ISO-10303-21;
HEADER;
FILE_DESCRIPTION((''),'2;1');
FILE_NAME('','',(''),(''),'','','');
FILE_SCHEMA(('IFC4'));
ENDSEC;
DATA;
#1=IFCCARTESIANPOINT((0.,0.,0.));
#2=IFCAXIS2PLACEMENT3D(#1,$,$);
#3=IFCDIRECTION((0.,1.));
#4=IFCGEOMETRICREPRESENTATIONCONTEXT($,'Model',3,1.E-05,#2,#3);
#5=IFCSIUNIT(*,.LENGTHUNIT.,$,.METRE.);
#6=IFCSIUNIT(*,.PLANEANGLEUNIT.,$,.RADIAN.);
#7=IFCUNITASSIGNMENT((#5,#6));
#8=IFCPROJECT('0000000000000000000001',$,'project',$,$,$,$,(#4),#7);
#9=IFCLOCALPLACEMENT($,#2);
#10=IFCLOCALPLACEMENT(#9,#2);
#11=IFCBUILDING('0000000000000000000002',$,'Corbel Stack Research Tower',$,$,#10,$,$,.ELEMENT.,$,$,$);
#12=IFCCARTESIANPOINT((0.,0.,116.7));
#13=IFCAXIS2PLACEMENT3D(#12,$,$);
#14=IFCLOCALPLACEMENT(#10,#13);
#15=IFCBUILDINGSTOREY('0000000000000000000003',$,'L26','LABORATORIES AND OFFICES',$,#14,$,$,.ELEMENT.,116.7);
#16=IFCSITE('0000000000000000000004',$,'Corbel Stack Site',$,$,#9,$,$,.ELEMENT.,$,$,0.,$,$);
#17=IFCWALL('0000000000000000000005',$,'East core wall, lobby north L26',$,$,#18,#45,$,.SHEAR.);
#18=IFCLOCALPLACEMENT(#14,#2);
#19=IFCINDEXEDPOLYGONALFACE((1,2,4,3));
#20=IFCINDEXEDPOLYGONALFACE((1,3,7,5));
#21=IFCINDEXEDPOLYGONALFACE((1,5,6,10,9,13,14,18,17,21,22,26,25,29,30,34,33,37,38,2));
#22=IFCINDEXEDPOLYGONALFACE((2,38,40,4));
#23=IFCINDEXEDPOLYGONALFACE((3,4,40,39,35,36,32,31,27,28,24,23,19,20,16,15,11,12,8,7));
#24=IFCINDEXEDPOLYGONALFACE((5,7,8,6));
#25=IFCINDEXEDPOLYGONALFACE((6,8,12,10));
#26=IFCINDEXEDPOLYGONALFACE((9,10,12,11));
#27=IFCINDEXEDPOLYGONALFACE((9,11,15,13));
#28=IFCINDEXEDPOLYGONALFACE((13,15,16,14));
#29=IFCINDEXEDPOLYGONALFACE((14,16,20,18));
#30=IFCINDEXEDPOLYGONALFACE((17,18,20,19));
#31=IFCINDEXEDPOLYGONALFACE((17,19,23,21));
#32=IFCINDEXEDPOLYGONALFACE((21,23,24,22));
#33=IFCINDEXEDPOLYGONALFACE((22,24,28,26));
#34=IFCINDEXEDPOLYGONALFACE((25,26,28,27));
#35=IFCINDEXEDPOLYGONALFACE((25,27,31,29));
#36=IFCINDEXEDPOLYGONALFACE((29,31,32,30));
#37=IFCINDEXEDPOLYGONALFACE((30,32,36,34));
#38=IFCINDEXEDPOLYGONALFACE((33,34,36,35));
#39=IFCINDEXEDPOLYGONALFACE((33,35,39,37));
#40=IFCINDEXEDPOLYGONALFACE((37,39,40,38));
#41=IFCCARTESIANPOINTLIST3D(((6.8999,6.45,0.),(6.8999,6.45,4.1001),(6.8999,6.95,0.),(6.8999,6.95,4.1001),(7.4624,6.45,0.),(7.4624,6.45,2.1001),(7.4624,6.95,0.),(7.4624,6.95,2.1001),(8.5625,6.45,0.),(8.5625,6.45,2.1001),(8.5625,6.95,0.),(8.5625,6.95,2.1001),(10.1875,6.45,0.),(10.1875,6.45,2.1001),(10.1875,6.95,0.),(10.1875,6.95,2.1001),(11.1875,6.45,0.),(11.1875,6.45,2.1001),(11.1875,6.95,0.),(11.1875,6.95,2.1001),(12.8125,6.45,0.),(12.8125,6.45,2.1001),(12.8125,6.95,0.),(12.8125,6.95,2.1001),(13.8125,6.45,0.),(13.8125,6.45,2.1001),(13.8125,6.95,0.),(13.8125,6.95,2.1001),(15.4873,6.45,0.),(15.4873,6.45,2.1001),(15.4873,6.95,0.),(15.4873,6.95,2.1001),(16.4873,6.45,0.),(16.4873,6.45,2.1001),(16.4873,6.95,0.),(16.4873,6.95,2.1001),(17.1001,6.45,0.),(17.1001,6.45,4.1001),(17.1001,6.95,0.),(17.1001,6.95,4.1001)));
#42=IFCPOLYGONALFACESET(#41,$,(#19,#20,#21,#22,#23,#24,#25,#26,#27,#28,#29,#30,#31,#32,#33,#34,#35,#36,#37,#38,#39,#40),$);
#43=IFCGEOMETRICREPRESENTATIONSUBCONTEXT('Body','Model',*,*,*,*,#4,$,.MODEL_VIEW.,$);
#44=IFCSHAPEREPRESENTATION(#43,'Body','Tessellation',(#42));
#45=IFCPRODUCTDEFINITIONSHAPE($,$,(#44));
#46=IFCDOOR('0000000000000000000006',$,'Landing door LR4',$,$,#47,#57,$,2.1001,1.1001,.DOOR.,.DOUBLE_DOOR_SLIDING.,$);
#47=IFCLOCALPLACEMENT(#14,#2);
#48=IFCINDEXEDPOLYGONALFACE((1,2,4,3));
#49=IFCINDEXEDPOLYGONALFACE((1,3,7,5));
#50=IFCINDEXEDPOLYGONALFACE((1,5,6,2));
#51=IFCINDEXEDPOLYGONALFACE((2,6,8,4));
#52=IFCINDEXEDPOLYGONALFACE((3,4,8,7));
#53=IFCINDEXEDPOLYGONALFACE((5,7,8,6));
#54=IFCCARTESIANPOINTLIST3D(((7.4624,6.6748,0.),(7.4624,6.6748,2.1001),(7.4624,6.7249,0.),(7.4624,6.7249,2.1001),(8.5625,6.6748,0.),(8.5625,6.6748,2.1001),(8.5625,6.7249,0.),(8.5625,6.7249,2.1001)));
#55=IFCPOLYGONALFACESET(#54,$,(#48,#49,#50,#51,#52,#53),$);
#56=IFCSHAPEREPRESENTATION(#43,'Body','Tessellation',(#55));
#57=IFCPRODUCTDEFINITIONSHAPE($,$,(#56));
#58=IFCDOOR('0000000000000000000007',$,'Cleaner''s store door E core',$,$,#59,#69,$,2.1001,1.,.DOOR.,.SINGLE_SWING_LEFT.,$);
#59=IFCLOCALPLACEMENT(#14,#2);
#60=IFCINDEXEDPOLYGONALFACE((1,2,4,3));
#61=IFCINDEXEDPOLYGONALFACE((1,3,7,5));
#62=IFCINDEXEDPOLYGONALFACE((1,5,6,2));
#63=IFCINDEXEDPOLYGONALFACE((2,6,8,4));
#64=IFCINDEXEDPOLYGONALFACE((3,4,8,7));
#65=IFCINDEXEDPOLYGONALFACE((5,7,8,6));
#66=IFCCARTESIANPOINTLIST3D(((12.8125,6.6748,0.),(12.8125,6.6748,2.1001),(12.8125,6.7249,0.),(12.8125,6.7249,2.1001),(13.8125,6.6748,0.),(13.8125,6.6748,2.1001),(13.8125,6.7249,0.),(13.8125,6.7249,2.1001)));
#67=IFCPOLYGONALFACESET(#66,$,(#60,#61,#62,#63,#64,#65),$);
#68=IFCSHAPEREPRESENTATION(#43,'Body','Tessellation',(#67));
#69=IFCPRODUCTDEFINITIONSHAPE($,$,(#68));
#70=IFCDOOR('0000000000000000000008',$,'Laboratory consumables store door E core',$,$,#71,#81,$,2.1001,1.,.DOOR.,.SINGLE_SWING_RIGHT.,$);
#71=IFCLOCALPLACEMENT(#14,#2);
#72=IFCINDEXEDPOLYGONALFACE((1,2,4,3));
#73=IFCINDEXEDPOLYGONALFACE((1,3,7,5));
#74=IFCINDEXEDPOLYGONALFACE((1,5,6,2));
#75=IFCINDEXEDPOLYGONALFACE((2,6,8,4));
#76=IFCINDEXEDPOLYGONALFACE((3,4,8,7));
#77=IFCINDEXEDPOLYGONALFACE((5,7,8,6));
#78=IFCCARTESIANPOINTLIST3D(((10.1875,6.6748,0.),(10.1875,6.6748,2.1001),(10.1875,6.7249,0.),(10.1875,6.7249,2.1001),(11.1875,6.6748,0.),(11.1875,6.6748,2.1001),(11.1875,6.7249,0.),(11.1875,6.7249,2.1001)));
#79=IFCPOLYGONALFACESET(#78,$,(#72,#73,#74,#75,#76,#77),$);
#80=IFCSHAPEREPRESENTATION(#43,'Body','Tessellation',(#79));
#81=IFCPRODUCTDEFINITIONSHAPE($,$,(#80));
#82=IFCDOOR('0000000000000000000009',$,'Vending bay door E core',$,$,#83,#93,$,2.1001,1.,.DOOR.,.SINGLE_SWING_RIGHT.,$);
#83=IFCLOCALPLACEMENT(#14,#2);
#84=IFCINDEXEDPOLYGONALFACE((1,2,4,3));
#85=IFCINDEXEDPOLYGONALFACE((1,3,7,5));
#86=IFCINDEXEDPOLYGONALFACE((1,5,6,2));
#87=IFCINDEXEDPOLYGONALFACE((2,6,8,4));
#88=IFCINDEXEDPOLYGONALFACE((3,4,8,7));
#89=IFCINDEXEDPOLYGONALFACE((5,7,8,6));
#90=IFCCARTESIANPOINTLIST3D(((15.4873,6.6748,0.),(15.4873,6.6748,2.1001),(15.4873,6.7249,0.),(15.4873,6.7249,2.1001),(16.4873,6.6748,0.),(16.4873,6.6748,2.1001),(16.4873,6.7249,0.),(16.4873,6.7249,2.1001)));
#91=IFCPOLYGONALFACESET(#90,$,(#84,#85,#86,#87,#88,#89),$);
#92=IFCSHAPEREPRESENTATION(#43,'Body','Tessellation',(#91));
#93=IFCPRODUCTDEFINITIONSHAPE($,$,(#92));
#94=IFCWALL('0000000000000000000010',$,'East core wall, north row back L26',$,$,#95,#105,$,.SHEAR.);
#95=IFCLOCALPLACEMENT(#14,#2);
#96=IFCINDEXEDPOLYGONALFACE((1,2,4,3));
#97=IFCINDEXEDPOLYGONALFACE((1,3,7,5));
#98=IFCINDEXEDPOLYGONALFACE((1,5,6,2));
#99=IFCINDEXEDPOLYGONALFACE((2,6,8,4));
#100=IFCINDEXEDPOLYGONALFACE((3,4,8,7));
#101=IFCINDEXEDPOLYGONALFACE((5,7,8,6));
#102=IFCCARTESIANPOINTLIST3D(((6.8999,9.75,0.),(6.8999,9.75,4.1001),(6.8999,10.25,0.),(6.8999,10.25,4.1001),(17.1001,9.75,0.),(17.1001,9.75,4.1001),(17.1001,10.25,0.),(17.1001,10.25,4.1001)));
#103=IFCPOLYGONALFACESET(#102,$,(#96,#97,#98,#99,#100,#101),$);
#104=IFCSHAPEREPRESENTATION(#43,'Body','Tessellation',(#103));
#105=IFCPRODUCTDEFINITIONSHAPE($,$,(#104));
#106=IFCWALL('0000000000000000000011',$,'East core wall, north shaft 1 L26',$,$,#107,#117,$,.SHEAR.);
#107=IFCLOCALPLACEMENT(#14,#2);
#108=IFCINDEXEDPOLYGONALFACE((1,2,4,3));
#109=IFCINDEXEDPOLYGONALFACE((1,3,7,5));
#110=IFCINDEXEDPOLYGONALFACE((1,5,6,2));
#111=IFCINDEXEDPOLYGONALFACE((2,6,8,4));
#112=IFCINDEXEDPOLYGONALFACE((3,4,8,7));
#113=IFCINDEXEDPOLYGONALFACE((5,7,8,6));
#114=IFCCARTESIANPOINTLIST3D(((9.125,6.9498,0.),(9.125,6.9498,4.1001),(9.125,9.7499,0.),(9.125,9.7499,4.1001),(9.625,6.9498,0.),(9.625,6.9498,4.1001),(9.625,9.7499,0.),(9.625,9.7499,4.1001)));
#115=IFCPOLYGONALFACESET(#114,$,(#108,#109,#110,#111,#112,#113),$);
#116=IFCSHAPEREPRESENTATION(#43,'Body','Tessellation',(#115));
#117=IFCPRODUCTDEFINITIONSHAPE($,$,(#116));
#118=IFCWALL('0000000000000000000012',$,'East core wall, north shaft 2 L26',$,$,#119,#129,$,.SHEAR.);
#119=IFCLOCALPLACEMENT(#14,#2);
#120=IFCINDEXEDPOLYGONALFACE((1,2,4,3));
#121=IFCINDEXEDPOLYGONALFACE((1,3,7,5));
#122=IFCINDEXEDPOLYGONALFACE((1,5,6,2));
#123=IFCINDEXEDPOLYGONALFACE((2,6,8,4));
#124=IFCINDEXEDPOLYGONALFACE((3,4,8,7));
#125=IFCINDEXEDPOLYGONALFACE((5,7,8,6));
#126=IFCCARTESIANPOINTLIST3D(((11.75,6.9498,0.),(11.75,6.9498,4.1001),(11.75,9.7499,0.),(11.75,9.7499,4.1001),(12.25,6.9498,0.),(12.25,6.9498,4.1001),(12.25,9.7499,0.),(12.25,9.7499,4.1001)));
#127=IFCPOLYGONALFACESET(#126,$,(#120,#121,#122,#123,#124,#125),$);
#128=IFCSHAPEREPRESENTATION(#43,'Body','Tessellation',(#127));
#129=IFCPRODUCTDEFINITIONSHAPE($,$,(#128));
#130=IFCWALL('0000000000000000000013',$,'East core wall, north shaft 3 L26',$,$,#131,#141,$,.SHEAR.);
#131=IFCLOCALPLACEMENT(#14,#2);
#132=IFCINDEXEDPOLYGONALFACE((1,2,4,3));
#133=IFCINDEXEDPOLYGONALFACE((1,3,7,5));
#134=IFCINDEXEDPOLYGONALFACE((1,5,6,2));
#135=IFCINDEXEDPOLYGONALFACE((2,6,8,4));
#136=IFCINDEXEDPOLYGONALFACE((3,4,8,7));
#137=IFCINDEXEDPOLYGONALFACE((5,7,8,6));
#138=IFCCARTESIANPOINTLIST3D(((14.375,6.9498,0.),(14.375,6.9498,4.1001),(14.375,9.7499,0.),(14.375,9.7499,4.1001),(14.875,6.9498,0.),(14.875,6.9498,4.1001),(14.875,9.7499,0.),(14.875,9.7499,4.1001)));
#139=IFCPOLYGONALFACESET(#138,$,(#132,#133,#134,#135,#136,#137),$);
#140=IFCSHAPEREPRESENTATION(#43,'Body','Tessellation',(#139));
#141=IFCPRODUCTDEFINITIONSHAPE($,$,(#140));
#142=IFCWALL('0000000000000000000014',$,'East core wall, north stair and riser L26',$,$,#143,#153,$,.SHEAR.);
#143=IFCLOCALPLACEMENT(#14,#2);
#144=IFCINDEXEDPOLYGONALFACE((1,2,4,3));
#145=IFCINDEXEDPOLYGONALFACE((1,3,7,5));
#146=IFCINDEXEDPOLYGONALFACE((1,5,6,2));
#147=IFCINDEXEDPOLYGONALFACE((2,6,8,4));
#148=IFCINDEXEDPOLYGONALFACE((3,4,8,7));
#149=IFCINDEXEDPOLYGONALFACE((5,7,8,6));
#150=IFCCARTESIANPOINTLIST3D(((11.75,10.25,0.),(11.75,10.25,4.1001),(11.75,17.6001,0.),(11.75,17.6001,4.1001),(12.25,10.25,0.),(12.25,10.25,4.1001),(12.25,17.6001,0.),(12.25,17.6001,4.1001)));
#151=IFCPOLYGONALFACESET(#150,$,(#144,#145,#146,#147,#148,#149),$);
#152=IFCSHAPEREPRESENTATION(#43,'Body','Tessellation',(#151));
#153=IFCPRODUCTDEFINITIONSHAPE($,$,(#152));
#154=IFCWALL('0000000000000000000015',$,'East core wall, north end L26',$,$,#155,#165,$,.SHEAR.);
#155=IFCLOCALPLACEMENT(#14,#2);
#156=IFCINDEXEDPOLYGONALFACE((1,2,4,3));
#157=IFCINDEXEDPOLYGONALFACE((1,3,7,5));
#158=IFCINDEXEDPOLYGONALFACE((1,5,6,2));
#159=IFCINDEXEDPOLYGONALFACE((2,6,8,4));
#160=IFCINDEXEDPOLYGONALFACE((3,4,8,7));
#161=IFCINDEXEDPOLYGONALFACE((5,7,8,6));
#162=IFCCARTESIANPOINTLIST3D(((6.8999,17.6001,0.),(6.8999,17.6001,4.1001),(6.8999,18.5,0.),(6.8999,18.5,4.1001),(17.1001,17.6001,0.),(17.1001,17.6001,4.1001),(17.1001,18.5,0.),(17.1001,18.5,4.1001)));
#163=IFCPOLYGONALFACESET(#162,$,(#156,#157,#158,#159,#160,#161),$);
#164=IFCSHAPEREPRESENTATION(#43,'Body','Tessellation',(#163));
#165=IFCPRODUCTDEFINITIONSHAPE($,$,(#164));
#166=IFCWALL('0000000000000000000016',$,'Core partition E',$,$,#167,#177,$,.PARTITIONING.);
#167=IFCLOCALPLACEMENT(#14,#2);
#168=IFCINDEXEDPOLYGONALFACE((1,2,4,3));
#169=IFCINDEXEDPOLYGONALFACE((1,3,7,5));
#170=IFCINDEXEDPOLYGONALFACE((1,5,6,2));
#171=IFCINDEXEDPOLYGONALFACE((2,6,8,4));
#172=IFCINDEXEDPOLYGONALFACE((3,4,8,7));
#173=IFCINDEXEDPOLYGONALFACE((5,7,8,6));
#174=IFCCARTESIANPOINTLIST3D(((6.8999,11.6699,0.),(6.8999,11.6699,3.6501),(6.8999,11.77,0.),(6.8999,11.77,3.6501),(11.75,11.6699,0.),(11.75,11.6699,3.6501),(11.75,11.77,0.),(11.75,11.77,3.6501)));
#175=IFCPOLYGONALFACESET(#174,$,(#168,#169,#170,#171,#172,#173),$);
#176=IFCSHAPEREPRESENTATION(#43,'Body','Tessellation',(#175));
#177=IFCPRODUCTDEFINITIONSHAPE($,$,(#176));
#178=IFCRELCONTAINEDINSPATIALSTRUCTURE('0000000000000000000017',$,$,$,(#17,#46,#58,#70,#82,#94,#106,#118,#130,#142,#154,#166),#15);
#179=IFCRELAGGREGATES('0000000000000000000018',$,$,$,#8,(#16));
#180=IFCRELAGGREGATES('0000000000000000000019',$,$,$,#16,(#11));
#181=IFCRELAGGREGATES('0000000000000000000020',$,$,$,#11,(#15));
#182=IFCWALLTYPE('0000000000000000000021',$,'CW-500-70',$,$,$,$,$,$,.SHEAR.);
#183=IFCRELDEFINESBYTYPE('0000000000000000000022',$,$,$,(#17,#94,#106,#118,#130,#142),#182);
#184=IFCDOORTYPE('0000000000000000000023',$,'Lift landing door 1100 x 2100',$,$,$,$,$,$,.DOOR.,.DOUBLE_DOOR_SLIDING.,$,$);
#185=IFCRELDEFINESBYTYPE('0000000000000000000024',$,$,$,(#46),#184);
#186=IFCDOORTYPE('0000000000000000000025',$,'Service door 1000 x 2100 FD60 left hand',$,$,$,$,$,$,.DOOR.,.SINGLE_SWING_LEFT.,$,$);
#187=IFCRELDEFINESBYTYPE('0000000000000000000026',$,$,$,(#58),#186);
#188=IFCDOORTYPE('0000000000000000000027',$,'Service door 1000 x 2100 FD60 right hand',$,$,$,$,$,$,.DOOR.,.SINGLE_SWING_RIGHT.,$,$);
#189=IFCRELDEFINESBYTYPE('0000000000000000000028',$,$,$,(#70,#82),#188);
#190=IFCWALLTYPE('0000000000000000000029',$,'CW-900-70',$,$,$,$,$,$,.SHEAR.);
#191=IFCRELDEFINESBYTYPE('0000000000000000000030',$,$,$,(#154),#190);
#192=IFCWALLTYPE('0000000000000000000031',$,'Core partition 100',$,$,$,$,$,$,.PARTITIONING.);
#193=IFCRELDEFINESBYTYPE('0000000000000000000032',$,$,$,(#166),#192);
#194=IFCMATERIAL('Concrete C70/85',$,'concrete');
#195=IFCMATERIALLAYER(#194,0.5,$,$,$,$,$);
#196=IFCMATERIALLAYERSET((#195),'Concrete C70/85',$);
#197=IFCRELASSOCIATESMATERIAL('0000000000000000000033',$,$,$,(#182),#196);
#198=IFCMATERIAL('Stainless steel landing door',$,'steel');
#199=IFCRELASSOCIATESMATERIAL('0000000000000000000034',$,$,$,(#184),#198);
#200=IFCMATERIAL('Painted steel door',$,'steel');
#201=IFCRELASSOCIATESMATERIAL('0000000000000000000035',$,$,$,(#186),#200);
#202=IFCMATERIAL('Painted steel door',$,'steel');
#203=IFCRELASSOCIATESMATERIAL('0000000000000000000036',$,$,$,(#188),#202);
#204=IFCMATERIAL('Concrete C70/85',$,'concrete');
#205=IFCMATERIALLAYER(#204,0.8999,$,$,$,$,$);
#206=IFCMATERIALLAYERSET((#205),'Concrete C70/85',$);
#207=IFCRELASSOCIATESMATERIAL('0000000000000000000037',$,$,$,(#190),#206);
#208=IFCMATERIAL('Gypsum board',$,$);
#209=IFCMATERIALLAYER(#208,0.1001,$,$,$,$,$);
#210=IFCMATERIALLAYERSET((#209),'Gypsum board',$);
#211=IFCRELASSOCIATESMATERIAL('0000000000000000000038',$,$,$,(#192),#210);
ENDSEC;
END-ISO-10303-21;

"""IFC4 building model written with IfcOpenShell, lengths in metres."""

from ifc_helpers import new_model, si_unit, direction, frame, frame_2d, origin, place, context, subcontext, project, spatial, rectangle, extrude, material, layer, layer_set, type_object, element, fill, save


model = new_model("IFC4")

# Units and contexts
model_context = context("Model", 3, precision=1e-05, world=origin(), true_north=direction((0.0, 1.0)))
body_context = subcontext(model_context, "Body", "Model", "MODEL_VIEW")
ifc_project = project(units=[si_unit("LENGTHUNIT", "METRE"), si_unit("PLANEANGLEUNIT", "RADIAN")], contexts=[model_context])

# Site, building, storey
site_placement = place(None, origin())
site = spatial("IfcSite", under=ifc_project, at=site_placement, Name="Corbel Stack Site", CompositionType="ELEMENT", RefElevation=0.0)
building_placement = place(site_placement, origin())
building = spatial("IfcBuilding", under=site, at=building_placement, Name="Corbel Stack Research Tower", CompositionType="ELEMENT")
storey_placement = place(building_placement, frame((0.0, 0.0, 116.7)))
storey = spatial("IfcBuildingStorey", under=building, at=storey_placement, Name="L26", Description="LABORATORIES AND OFFICES", CompositionType="ELEMENT", Elevation=116.7)

# Wall, openings, doors
ifc_material_1 = material(Name="Concrete C70/85", Category="concrete")
ifc_layer_1 = layer(ifc_material_1, 0.5)
ifc_layer_set_1 = layer_set([ifc_layer_1], Name="Concrete C70/85")
wall_type_1 = type_object("IfcWallType", Name="CW-500-70", PredefinedType="SHEAR", material=ifc_layer_set_1)
wall_1_placement = place(storey_placement, frame((6.8999, 6.7, 0.0), z_axis=(0.0, 0.0, 1.0), x_axis=(1.0, 0.0, 0.0)))
wall_1 = element("IfcWall", 1, at=wall_1_placement, inside=storey, type_object=wall_type_1, Name="East core wall, lobby north L26", PredefinedType="SHEAR", context=body_context, shape_type="SweptSolid", body=[
    extrude(rectangle(XDim=10.2002, YDim=0.5, at=frame_2d((5.1001, 0.0))), origin(), (0.0, 0.0, 1.0), 4.1001),
])
opening_1_placement = place(wall_1_placement, frame((0.5625, 0.0, 0.0)))
opening_1 = element("IfcOpeningElement", 2, at=opening_1_placement, cuts=wall_1, PredefinedType="OPENING", context=body_context, shape_type="SweptSolid", body=[
    extrude(rectangle(XDim=1.1001, YDim=2.1001, at=frame_2d((0.55, 1.05))), frame((0.0, 0.26, 0.0), z_axis=(0.0, -1.0, 0.0), x_axis=(1.0, 0.0, 0.0)), (0.0, 0.0, 1.0), 0.52),
])
opening_2_placement = place(wall_1_placement, frame((3.2876, 0.0, 0.0)))
opening_2 = element("IfcOpeningElement", 3, at=opening_2_placement, cuts=wall_1, PredefinedType="OPENING", context=body_context, shape_type="SweptSolid", body=[
    extrude(rectangle(XDim=1.0, YDim=2.1001, at=frame_2d((0.5, 1.05))), frame((0.0, 0.26, 0.0), z_axis=(0.0, -1.0, 0.0), x_axis=(1.0, 0.0, 0.0)), (0.0, 0.0, 1.0), 0.52),
])
opening_3_placement = place(wall_1_placement, frame((5.9126, 0.0, 0.0)))
opening_3 = element("IfcOpeningElement", 4, at=opening_3_placement, cuts=wall_1, PredefinedType="OPENING", context=body_context, shape_type="SweptSolid", body=[
    extrude(rectangle(XDim=1.0, YDim=2.1001, at=frame_2d((0.5, 1.05))), frame((0.0, 0.26, 0.0), z_axis=(0.0, -1.0, 0.0), x_axis=(1.0, 0.0, 0.0)), (0.0, 0.0, 1.0), 0.52),
])
opening_4_placement = place(wall_1_placement, frame((8.5874, 0.0, 0.0)))
opening_4 = element("IfcOpeningElement", 5, at=opening_4_placement, cuts=wall_1, PredefinedType="OPENING", context=body_context, shape_type="SweptSolid", body=[
    extrude(rectangle(XDim=1.0, YDim=2.1001, at=frame_2d((0.5, 1.05))), frame((0.0, 0.26, 0.0), z_axis=(0.0, -1.0, 0.0), x_axis=(1.0, 0.0, 0.0)), (0.0, 0.0, 1.0), 0.52),
])
ifc_material_2 = material(Name="Stainless steel landing door", Category="steel")
door_type_1 = type_object("IfcDoorType", Name="Lift landing door 1100 x 2100", OperationType="DOUBLE_DOOR_SLIDING", PredefinedType="DOOR", material=ifc_material_2)
door_1_placement = place(opening_1_placement, origin())
door_1 = element("IfcDoor", 6, at=door_1_placement, inside=storey, type_object=door_type_1, Name="Landing door LR4", OperationType="DOUBLE_DOOR_SLIDING", OverallHeight=2.1001, OverallWidth=1.1001, PredefinedType="DOOR", context=body_context, shape_type="SweptSolid", body=[
    extrude(rectangle(XDim=1.1001, YDim=2.1001, at=frame_2d((0.55, 1.05))), frame((0.0, 0.0249, 0.0), z_axis=(0.0, -1.0, 0.0), x_axis=(1.0, 0.0, 0.0)), (0.0, 0.0, 1.0), 0.05),
])
fill(opening_1, door_1)
ifc_material_3 = material(Name="Painted steel door", Category="steel")
door_type_2 = type_object("IfcDoorType", Name="Service door 1000 x 2100 FD60 left hand", OperationType="SINGLE_SWING_LEFT", PredefinedType="DOOR", material=ifc_material_3)
door_2_placement = place(opening_3_placement, origin())
door_2 = element("IfcDoor", 7, at=door_2_placement, inside=storey, type_object=door_type_2, Name="Cleaner's store door E core", OperationType="SINGLE_SWING_LEFT", OverallHeight=2.1001, OverallWidth=1.0, PredefinedType="DOOR", context=body_context, shape_type="SweptSolid", body=[
    extrude(rectangle(XDim=1.0, YDim=2.1001, at=frame_2d((0.5, 1.05))), frame((0.0, 0.0249, 0.0), z_axis=(0.0, -1.0, 0.0), x_axis=(1.0, 0.0, 0.0)), (0.0, 0.0, 1.0), 0.05),
])
fill(opening_3, door_2)
ifc_material_4 = material(Name="Painted steel door", Category="steel")
door_type_3 = type_object("IfcDoorType", Name="Service door 1000 x 2100 FD60 right hand", OperationType="SINGLE_SWING_RIGHT", PredefinedType="DOOR", material=ifc_material_4)
door_3_placement = place(opening_2_placement, origin())
door_3 = element("IfcDoor", 8, at=door_3_placement, inside=storey, type_object=door_type_3, Name="Laboratory consumables store door E core", OperationType="SINGLE_SWING_RIGHT", OverallHeight=2.1001, OverallWidth=1.0, PredefinedType="DOOR", context=body_context, shape_type="SweptSolid", body=[
    extrude(rectangle(XDim=1.0, YDim=2.1001, at=frame_2d((0.5, 1.05))), frame((0.0, 0.0249, 0.0), z_axis=(0.0, -1.0, 0.0), x_axis=(1.0, 0.0, 0.0)), (0.0, 0.0, 1.0), 0.05),
])
fill(opening_2, door_3)
door_4_placement = place(opening_4_placement, origin())
door_4 = element("IfcDoor", 9, at=door_4_placement, inside=storey, type_object=door_type_3, Name="Vending bay door E core", OperationType="SINGLE_SWING_RIGHT", OverallHeight=2.1001, OverallWidth=1.0, PredefinedType="DOOR", context=body_context, shape_type="SweptSolid", body=[
    extrude(rectangle(XDim=1.0, YDim=2.1001, at=frame_2d((0.5, 1.05))), frame((0.0, 0.0249, 0.0), z_axis=(0.0, -1.0, 0.0), x_axis=(1.0, 0.0, 0.0)), (0.0, 0.0, 1.0), 0.05),
])
fill(opening_4, door_4)

# Walls
wall_2_placement = place(storey_placement, frame((6.8999, 10.0, 0.0), z_axis=(0.0, 0.0, 1.0), x_axis=(1.0, 0.0, 0.0)))
element("IfcWall", 10, at=wall_2_placement, inside=storey, type_object=wall_type_1, Name="East core wall, north row back L26", PredefinedType="SHEAR", context=body_context, shape_type="SweptSolid", body=[
    extrude(rectangle(XDim=10.2002, YDim=0.5, at=frame_2d((5.1001, 0.0))), origin(), (0.0, 0.0, 1.0), 4.1001),
])
for number, where, z_axis, x_axis, name in (
    (11, (9.375, 6.95, 0.0), (0.0, 0.0, 1.0), (0.0, 1.0, 0.0), "East core wall, north shaft 1 L26"),
    (12, (12.0, 6.95, 0.0), (0.0, 0.0, 1.0), (0.0, 1.0, 0.0), "East core wall, north shaft 2 L26"),
    (13, (14.625, 6.95, 0.0), (0.0, 0.0, 1.0), (0.0, 1.0, 0.0), "East core wall, north shaft 3 L26"),
):
    element("IfcWall", number, at=place(storey_placement, frame(where, z_axis=z_axis, x_axis=x_axis)), inside=storey, type_object=wall_type_1, Name=name, PredefinedType="SHEAR", context=body_context, shape_type="SweptSolid", body=[
        extrude(rectangle(XDim=2.8, YDim=0.5, at=frame_2d((1.3999, 0.0))), origin(), (0.0, 0.0, 1.0), 4.1001),
    ])
wall_3_placement = place(storey_placement, frame((12.0, 10.25, 0.0), z_axis=(0.0, 0.0, 1.0), x_axis=(0.0, 1.0, 0.0)))
element("IfcWall", 14, at=wall_3_placement, inside=storey, type_object=wall_type_1, Name="East core wall, north stair and riser L26", PredefinedType="SHEAR", context=body_context, shape_type="SweptSolid", body=[
    extrude(rectangle(XDim=7.3501, YDim=0.5, at=frame_2d((3.675, 0.0))), origin(), (0.0, 0.0, 1.0), 4.1001),
])
ifc_material_5 = material(Name="Concrete C70/85", Category="concrete")
ifc_layer_2 = layer(ifc_material_5, 0.8999)
ifc_layer_set_2 = layer_set([ifc_layer_2], Name="Concrete C70/85")
wall_type_2 = type_object("IfcWallType", Name="CW-900-70", PredefinedType="SHEAR", material=ifc_layer_set_2)
wall_4_placement = place(storey_placement, frame((6.8999, 18.05, 0.0), z_axis=(0.0, 0.0, 1.0), x_axis=(1.0, 0.0, 0.0)))
element("IfcWall", 15, at=wall_4_placement, inside=storey, type_object=wall_type_2, Name="East core wall, north end L26", PredefinedType="SHEAR", context=body_context, shape_type="SweptSolid", body=[
    extrude(rectangle(XDim=10.2002, YDim=0.8999, at=frame_2d((5.1001, 0.0))), origin(), (0.0, 0.0, 1.0), 4.1001),
])
ifc_material_6 = material(Name="Gypsum board")
ifc_layer_3 = layer(ifc_material_6, 0.1001)
ifc_layer_set_3 = layer_set([ifc_layer_3], Name="Gypsum board")
wall_type_3 = type_object("IfcWallType", Name="Core partition 100", PredefinedType="PARTITIONING", material=ifc_layer_set_3)
for number, where, z_axis, x_axis, name in (
    (16, (6.8999, 11.72, 0.0), (0.0, 0.0, 1.0), (1.0, 0.0, 0.0), "Core partition E"),
):
    element("IfcWall", number, at=place(storey_placement, frame(where, z_axis=z_axis, x_axis=x_axis)), inside=storey, type_object=wall_type_3, Name=name, PredefinedType="PARTITIONING", context=body_context, shape_type="SweptSolid", body=[
        extrude(rectangle(XDim=4.8501, YDim=0.1001, at=frame_2d((2.425, 0.0))), origin(), (0.0, 0.0, 1.0), 3.6501),
    ])

save(model, "model.ifc")
